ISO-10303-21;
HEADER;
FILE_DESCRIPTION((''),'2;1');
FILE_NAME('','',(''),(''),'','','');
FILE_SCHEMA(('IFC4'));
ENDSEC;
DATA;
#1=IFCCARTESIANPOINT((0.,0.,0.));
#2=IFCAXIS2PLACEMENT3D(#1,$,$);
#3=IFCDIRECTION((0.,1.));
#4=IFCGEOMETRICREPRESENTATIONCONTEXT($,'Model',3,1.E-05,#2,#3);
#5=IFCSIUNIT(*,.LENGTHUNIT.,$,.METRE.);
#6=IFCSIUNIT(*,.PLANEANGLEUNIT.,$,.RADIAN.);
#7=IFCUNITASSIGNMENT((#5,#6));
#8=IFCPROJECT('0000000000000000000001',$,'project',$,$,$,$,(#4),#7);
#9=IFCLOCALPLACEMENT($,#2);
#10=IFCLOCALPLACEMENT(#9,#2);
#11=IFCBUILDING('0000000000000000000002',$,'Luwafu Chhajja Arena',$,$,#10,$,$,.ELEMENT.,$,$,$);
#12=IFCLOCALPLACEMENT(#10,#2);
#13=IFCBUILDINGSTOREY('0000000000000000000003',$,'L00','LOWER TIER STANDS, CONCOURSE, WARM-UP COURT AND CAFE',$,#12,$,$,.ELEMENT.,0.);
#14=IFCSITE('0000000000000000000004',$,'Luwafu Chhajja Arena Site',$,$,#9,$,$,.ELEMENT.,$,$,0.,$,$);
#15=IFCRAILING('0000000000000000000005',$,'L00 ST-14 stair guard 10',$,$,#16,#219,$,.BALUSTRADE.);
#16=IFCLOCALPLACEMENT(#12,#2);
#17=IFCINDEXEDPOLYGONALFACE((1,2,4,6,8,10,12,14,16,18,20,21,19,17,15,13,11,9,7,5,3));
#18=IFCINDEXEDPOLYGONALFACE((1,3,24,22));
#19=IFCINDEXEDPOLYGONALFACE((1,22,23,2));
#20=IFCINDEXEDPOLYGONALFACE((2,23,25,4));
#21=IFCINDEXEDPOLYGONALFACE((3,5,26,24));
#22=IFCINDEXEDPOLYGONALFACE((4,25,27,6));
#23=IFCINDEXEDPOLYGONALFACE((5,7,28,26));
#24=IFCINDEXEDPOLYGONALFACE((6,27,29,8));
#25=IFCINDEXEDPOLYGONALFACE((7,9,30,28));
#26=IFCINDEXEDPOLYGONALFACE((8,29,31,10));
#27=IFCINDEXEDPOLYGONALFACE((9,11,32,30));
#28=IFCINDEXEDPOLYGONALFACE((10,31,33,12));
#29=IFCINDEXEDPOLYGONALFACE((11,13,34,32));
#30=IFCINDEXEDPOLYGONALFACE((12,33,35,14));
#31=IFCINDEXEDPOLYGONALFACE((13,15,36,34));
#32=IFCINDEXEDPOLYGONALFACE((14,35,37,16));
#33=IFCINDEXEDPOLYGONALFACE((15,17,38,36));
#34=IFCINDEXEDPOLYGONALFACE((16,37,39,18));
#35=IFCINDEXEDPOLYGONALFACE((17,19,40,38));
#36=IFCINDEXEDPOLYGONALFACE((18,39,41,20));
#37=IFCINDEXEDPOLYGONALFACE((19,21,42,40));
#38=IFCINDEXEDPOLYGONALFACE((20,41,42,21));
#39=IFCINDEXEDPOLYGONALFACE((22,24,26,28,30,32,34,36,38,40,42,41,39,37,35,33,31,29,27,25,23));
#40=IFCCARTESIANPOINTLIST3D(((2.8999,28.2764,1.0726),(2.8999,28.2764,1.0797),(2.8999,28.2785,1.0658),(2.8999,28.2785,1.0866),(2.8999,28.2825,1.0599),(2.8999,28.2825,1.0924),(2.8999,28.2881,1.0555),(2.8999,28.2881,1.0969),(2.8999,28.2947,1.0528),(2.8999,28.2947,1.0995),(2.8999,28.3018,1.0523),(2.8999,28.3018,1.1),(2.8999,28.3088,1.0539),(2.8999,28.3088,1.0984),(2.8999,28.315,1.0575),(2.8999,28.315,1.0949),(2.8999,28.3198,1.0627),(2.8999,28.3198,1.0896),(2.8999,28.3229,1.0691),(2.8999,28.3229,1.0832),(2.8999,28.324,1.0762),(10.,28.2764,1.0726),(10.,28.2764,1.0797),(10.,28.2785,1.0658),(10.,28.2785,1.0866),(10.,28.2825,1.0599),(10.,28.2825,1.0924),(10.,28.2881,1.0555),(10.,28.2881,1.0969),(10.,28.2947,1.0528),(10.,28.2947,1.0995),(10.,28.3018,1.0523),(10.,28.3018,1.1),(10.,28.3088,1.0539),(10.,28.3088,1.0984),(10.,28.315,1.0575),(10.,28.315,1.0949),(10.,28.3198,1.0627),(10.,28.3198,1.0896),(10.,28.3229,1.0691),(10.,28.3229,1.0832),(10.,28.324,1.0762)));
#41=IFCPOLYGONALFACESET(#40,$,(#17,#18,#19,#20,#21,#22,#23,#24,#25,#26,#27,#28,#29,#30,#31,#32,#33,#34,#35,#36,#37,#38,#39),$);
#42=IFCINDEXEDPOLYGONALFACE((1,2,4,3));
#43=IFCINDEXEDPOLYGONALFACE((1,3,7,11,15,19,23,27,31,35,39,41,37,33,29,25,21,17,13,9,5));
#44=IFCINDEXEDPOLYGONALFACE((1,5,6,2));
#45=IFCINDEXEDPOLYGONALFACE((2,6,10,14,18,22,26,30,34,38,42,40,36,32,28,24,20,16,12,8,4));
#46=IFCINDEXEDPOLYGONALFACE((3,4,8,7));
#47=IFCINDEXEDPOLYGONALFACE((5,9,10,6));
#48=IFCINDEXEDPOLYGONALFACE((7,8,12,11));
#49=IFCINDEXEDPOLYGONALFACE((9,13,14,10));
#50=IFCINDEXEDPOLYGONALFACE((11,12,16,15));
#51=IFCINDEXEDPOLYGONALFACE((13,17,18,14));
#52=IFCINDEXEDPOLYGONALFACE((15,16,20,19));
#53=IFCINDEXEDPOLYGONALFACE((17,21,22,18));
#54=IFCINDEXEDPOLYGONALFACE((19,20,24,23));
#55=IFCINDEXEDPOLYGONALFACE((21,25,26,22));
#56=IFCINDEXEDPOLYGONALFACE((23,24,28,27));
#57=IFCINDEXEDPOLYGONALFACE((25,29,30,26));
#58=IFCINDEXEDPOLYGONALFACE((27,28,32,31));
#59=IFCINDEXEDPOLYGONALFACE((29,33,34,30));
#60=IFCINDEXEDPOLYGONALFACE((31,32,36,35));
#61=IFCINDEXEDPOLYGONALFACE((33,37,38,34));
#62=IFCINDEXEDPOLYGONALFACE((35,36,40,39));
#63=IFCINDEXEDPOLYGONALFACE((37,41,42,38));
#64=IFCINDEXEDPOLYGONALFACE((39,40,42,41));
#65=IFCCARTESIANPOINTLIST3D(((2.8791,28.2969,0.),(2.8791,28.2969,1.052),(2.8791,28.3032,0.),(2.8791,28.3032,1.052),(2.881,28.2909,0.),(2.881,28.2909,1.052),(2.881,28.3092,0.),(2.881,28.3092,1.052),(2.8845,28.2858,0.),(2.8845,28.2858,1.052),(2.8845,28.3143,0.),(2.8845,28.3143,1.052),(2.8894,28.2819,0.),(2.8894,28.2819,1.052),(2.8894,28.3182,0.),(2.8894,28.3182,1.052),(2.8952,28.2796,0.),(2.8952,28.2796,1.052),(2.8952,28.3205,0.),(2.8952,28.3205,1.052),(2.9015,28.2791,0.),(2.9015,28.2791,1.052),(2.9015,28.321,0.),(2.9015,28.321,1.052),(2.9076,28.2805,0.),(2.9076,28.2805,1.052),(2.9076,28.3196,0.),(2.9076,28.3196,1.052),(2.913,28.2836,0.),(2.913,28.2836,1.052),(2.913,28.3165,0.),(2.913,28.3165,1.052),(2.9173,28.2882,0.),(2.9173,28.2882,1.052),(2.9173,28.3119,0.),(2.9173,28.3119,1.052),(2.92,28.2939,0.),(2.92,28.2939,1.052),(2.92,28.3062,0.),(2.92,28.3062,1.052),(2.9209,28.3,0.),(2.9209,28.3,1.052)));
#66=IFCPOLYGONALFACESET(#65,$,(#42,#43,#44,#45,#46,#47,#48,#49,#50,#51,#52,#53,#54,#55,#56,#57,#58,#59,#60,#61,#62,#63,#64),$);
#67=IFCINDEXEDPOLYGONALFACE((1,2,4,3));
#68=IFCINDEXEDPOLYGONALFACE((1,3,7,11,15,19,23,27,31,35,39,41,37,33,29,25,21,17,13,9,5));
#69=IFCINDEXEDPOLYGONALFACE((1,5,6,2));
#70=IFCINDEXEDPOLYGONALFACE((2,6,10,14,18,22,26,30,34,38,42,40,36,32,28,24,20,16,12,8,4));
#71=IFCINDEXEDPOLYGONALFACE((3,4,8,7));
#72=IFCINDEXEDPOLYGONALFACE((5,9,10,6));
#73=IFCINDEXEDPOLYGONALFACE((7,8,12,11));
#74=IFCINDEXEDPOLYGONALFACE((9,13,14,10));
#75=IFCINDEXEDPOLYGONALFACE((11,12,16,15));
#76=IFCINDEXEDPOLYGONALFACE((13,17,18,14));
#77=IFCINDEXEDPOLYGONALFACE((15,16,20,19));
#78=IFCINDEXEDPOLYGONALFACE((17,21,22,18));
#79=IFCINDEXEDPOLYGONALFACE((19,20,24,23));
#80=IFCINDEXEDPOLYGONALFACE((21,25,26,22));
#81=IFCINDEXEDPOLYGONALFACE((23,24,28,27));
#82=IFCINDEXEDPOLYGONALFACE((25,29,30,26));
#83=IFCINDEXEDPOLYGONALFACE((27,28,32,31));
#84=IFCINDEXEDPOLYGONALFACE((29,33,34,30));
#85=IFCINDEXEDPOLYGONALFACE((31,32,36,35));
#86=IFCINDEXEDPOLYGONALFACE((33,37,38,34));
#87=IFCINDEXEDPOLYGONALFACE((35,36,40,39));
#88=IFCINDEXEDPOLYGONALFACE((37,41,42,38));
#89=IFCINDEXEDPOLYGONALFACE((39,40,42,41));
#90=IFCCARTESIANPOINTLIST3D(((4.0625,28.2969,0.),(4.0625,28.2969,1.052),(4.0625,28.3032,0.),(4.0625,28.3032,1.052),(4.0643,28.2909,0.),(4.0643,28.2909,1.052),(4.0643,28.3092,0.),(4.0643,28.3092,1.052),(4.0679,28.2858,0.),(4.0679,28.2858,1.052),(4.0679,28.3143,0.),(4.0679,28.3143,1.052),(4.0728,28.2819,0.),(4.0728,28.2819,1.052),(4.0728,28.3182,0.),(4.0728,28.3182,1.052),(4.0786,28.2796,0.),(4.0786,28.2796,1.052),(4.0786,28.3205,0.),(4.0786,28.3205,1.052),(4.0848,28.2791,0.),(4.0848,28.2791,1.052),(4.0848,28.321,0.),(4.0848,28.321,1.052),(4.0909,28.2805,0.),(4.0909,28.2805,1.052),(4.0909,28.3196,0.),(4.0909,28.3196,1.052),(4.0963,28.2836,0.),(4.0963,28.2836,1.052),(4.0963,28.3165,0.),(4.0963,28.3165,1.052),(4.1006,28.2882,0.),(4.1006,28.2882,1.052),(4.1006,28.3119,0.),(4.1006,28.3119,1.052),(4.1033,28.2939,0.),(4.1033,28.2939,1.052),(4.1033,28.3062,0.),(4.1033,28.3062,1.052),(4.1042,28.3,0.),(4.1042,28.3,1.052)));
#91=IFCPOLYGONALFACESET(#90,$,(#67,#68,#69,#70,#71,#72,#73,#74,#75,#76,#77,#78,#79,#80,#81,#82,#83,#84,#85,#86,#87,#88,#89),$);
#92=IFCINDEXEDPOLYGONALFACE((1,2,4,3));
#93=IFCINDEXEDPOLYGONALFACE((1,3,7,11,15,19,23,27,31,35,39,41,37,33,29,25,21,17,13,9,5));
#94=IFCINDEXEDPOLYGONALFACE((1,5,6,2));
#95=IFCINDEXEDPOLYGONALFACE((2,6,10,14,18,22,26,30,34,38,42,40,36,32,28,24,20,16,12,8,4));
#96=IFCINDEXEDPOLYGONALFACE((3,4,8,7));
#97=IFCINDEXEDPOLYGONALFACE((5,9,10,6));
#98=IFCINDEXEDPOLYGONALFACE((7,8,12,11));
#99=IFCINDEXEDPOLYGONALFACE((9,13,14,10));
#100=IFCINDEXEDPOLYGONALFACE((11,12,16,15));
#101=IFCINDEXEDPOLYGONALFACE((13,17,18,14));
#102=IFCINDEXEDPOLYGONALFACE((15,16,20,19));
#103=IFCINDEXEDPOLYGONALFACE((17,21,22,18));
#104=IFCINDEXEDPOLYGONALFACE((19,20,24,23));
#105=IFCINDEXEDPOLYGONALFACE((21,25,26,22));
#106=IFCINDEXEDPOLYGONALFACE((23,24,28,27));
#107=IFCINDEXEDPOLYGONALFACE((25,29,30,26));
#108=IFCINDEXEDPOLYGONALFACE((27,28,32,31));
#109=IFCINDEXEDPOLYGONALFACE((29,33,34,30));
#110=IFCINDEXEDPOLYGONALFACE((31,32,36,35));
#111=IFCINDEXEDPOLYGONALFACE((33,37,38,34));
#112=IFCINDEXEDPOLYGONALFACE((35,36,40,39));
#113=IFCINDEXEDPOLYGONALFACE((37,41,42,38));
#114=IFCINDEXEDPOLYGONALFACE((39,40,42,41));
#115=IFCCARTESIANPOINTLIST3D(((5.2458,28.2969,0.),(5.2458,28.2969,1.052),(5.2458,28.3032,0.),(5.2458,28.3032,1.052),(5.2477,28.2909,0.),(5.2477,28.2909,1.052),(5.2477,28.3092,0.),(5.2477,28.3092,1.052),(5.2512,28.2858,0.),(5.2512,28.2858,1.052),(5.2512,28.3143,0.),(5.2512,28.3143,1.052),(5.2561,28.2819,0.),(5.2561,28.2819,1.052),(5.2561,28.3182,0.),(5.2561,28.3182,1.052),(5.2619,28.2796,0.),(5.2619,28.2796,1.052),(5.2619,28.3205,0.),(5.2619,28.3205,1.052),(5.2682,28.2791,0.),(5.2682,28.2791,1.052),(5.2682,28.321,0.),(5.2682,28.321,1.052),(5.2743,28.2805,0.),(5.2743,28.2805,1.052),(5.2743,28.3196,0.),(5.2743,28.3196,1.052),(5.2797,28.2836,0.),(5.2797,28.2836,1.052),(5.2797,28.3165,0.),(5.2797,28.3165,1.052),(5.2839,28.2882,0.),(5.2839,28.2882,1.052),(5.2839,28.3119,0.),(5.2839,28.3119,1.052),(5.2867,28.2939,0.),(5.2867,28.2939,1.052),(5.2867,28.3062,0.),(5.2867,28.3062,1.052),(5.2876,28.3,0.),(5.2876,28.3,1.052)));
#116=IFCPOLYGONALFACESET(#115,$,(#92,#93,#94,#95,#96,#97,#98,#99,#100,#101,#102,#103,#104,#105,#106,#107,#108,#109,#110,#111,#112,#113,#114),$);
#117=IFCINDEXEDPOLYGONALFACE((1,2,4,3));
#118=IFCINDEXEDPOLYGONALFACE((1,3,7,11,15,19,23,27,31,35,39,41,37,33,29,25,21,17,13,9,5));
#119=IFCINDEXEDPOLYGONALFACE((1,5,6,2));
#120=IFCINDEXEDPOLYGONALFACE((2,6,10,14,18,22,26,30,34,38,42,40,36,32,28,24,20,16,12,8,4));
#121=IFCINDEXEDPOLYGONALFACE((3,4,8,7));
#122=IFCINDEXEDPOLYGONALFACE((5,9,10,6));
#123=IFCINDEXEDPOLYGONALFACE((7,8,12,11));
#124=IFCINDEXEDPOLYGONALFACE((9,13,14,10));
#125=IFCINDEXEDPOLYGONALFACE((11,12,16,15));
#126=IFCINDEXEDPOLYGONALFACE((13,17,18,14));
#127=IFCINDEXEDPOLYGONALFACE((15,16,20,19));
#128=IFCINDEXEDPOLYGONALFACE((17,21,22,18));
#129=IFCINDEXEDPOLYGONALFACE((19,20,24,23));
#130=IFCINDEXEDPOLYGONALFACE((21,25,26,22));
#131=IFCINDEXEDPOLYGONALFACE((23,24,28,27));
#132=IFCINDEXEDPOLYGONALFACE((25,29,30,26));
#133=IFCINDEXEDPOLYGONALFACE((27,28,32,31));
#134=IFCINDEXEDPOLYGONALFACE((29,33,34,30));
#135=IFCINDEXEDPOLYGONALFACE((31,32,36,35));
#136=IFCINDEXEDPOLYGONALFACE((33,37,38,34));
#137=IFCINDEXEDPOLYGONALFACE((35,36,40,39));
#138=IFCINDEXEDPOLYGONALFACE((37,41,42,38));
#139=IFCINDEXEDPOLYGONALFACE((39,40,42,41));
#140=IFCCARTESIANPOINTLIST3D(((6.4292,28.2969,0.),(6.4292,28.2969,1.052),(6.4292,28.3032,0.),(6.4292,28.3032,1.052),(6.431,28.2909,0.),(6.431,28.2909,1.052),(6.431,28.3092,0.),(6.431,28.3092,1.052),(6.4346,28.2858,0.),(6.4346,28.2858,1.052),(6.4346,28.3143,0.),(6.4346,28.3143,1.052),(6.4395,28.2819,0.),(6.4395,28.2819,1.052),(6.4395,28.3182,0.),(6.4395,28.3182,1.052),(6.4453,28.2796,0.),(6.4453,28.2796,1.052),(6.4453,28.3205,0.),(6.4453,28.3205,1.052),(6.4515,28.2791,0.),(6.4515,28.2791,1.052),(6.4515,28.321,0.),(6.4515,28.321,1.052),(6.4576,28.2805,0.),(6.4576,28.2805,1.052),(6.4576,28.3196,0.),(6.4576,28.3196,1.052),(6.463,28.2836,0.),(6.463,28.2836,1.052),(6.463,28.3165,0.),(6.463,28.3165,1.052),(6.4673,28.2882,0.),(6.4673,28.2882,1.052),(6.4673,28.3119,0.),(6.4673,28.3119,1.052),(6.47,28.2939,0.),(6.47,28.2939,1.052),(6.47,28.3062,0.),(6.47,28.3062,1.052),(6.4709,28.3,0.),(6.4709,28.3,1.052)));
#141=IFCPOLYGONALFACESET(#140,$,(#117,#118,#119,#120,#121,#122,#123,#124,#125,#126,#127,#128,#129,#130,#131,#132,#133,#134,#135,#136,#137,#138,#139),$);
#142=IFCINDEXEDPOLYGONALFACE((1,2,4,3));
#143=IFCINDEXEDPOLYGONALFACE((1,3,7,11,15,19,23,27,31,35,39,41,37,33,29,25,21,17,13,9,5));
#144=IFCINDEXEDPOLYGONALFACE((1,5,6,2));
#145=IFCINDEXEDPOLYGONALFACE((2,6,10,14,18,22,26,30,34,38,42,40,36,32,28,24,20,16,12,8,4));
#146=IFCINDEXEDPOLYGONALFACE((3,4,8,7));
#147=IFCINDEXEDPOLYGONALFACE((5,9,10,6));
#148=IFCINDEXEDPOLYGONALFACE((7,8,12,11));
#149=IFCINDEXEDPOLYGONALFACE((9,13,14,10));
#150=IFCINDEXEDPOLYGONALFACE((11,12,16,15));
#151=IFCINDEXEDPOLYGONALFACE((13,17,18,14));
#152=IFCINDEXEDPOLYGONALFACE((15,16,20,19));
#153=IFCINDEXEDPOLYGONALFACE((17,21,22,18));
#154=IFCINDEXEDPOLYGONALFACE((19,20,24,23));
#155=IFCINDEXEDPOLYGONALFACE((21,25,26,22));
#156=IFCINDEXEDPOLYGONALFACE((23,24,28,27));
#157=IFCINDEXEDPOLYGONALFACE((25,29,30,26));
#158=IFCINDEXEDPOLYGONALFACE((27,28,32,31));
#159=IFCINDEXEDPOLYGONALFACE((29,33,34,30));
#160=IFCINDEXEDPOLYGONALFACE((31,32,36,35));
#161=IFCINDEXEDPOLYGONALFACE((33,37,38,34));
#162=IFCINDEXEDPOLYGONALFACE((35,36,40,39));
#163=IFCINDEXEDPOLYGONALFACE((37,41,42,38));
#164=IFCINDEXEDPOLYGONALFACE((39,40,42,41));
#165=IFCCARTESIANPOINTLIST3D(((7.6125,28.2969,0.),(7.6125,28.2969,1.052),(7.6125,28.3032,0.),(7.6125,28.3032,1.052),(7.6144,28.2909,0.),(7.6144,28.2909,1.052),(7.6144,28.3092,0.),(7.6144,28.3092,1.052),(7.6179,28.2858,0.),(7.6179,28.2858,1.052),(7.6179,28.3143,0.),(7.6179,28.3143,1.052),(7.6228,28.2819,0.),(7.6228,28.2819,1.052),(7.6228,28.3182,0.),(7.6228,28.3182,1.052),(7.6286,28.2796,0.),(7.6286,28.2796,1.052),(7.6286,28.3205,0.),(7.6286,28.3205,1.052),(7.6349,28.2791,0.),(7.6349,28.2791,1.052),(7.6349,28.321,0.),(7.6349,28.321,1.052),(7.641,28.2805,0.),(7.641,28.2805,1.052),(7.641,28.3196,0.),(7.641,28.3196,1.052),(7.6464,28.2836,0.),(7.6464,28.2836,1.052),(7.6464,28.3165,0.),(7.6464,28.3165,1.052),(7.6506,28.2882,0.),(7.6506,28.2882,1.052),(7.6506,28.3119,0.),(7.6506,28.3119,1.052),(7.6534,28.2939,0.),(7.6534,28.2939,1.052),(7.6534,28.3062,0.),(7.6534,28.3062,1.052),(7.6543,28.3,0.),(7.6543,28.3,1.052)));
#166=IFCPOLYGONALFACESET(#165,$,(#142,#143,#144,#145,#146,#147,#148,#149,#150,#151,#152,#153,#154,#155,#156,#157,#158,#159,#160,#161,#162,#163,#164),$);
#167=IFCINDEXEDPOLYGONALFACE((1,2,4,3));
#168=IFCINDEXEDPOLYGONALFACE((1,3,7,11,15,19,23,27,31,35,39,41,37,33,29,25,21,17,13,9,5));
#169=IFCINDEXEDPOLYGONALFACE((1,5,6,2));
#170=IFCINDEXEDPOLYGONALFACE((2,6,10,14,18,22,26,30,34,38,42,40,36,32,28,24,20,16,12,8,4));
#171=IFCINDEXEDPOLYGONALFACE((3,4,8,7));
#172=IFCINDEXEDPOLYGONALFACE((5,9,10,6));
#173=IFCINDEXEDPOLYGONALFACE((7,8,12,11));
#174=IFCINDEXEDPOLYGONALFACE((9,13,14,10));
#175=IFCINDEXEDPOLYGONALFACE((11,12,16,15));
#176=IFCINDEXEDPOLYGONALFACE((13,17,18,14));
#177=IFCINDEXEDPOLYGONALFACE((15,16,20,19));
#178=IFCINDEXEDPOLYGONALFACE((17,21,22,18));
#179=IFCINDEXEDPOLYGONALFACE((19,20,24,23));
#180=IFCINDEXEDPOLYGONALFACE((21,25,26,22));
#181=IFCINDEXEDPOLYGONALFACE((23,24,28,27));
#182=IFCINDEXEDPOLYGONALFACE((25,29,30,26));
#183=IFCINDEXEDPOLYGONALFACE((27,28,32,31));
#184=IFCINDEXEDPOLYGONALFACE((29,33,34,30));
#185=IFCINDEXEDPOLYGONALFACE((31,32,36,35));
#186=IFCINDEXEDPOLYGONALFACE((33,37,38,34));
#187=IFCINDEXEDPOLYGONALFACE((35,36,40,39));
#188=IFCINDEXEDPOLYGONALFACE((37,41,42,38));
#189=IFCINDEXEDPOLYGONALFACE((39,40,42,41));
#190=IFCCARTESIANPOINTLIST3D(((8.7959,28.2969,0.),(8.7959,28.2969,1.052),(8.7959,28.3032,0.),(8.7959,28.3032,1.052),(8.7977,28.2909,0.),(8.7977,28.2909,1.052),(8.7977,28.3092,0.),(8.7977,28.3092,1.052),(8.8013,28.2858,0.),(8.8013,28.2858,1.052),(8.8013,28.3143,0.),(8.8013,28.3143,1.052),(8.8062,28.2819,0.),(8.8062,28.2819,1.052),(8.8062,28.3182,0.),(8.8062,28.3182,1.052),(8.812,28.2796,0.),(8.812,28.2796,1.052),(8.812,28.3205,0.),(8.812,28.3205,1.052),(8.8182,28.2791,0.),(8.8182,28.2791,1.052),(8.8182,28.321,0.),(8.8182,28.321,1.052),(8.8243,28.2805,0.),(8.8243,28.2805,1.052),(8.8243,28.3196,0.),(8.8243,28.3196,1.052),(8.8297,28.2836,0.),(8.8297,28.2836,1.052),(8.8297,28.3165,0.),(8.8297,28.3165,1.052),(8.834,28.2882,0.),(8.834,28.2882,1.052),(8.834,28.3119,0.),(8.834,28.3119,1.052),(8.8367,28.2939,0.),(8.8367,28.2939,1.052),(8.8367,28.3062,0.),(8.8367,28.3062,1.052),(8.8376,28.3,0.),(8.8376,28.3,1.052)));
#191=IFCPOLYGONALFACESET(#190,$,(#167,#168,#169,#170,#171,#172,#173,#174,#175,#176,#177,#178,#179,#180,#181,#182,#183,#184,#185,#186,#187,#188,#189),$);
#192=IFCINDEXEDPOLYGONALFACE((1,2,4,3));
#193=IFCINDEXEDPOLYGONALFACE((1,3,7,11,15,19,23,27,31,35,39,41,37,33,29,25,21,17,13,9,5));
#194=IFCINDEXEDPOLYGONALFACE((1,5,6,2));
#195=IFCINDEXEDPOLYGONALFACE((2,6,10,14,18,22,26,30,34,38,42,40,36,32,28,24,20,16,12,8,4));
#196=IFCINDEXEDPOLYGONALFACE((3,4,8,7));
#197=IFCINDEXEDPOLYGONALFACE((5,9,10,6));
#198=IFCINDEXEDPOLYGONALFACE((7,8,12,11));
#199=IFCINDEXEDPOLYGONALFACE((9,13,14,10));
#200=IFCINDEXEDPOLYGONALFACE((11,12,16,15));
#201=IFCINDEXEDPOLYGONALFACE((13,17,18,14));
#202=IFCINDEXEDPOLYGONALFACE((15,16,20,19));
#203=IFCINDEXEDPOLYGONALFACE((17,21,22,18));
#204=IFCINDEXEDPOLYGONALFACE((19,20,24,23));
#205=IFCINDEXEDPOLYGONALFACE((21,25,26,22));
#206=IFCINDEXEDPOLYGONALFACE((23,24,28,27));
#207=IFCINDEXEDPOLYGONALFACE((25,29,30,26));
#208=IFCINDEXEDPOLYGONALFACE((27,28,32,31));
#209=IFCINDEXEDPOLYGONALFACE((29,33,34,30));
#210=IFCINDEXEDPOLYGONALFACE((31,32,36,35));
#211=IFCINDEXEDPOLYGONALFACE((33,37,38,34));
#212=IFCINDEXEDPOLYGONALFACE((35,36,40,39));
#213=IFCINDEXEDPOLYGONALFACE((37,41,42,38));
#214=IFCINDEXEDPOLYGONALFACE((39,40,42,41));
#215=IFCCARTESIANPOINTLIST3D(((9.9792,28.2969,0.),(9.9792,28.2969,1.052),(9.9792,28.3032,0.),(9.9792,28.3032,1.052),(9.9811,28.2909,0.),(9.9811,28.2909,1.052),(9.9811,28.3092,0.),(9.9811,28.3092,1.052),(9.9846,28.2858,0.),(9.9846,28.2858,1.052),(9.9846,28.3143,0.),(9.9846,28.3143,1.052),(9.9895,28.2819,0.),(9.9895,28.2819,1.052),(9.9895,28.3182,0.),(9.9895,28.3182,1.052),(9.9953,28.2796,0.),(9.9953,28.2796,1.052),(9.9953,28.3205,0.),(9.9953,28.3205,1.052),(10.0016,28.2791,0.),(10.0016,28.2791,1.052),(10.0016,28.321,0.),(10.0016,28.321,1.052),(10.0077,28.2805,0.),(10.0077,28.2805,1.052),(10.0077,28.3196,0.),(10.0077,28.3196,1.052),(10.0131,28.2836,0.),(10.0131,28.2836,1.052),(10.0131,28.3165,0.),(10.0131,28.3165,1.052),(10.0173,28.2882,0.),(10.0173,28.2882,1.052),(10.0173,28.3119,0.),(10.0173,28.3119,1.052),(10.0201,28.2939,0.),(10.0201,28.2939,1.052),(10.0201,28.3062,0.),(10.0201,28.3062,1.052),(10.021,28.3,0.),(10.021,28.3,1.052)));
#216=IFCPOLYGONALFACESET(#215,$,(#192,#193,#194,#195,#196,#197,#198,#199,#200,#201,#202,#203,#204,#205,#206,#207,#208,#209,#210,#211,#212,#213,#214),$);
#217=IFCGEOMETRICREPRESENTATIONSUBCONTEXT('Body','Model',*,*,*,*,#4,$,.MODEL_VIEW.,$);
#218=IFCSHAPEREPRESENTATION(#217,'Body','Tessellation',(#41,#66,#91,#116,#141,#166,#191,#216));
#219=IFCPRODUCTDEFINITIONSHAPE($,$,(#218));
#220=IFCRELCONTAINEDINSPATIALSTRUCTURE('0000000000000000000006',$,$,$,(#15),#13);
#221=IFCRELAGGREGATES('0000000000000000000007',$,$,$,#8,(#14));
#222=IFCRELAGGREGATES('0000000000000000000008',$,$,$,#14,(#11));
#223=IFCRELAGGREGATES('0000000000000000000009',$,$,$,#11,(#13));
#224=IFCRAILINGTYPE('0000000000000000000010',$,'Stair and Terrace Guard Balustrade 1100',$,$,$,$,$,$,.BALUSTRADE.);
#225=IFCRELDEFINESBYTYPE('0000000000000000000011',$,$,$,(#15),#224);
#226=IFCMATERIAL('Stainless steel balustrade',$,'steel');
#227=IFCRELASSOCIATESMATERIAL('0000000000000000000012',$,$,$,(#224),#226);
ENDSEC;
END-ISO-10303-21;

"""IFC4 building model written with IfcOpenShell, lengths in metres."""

from ifc_helpers import new_model, si_unit, direction, frame, origin, origin_2d, place, context, subcontext, project, spatial, circle, extrude, material, type_object, element, save


model = new_model("IFC4")

# Units and contexts
model_context = context("Model", 3, precision=1e-05, world=origin(), true_north=direction((0.0, 1.0)))
body_context = subcontext(model_context, "Body", "Model", "MODEL_VIEW")
ifc_project = project(units=[si_unit("LENGTHUNIT", "METRE"), si_unit("PLANEANGLEUNIT", "RADIAN")], contexts=[model_context])

# Site, building, storey
site_placement = place(None, origin())
site = spatial("IfcSite", under=ifc_project, at=site_placement, Name="Luwafu Chhajja Arena Site", CompositionType="ELEMENT", RefElevation=0.0)
building_placement = place(site_placement, origin())
building = spatial("IfcBuilding", under=site, at=building_placement, Name="Luwafu Chhajja Arena", CompositionType="ELEMENT")
storey_placement = place(building_placement, origin())
storey = spatial("IfcBuildingStorey", under=building, at=storey_placement, Name="L00", Description="LOWER TIER STANDS, CONCOURSE, WARM-UP COURT AND CAFE", CompositionType="ELEMENT", Elevation=0.0)

# Railing
ifc_material_1 = material(Name="Stainless steel balustrade", Category="steel")
railing_type_1 = type_object("IfcRailingType", Name="Stair and Terrace Guard Balustrade 1100", PredefinedType="BALUSTRADE", material=ifc_material_1)
railing_1_placement = place(storey_placement, frame((2.8999, 28.3, 0.0)))
element("IfcRailing", 1, at=railing_1_placement, inside=storey, type_object=railing_type_1, Name="L00 ST-14 stair guard 10", PredefinedType="BALUSTRADE", context=body_context, shape_type="SweptSolid", body=[
    extrude(circle(Radius=0.0239, at=origin_2d()), frame((0.0, 0.0, 1.0762), z_axis=(1.0, 0.0, 0.0), x_axis=(0.0, 1.0, 0.0)), (0.0, 0.0, 1.0), 7.1001),
    extrude(circle(Radius=0.021, at=origin_2d()), origin(), (0.0, 0.0, 1.0), 1.052),
    extrude(circle(Radius=0.021, at=origin_2d()), frame((1.1833, 0.0, 0.0)), (0.0, 0.0, 1.0), 1.052),
    extrude(circle(Radius=0.021, at=origin_2d()), frame((2.3667, 0.0, 0.0)), (0.0, 0.0, 1.0), 1.052),
    extrude(circle(Radius=0.021, at=origin_2d()), frame((3.55, 0.0, 0.0)), (0.0, 0.0, 1.0), 1.052),
    extrude(circle(Radius=0.021, at=origin_2d()), frame((4.7334, 0.0, 0.0)), (0.0, 0.0, 1.0), 1.052),
    extrude(circle(Radius=0.021, at=origin_2d()), frame((5.9167, 0.0, 0.0)), (0.0, 0.0, 1.0), 1.052),
    extrude(circle(Radius=0.021, at=origin_2d()), frame((7.1001, 0.0, 0.0)), (0.0, 0.0, 1.0), 1.052),
])

save(model, "model.ifc")
